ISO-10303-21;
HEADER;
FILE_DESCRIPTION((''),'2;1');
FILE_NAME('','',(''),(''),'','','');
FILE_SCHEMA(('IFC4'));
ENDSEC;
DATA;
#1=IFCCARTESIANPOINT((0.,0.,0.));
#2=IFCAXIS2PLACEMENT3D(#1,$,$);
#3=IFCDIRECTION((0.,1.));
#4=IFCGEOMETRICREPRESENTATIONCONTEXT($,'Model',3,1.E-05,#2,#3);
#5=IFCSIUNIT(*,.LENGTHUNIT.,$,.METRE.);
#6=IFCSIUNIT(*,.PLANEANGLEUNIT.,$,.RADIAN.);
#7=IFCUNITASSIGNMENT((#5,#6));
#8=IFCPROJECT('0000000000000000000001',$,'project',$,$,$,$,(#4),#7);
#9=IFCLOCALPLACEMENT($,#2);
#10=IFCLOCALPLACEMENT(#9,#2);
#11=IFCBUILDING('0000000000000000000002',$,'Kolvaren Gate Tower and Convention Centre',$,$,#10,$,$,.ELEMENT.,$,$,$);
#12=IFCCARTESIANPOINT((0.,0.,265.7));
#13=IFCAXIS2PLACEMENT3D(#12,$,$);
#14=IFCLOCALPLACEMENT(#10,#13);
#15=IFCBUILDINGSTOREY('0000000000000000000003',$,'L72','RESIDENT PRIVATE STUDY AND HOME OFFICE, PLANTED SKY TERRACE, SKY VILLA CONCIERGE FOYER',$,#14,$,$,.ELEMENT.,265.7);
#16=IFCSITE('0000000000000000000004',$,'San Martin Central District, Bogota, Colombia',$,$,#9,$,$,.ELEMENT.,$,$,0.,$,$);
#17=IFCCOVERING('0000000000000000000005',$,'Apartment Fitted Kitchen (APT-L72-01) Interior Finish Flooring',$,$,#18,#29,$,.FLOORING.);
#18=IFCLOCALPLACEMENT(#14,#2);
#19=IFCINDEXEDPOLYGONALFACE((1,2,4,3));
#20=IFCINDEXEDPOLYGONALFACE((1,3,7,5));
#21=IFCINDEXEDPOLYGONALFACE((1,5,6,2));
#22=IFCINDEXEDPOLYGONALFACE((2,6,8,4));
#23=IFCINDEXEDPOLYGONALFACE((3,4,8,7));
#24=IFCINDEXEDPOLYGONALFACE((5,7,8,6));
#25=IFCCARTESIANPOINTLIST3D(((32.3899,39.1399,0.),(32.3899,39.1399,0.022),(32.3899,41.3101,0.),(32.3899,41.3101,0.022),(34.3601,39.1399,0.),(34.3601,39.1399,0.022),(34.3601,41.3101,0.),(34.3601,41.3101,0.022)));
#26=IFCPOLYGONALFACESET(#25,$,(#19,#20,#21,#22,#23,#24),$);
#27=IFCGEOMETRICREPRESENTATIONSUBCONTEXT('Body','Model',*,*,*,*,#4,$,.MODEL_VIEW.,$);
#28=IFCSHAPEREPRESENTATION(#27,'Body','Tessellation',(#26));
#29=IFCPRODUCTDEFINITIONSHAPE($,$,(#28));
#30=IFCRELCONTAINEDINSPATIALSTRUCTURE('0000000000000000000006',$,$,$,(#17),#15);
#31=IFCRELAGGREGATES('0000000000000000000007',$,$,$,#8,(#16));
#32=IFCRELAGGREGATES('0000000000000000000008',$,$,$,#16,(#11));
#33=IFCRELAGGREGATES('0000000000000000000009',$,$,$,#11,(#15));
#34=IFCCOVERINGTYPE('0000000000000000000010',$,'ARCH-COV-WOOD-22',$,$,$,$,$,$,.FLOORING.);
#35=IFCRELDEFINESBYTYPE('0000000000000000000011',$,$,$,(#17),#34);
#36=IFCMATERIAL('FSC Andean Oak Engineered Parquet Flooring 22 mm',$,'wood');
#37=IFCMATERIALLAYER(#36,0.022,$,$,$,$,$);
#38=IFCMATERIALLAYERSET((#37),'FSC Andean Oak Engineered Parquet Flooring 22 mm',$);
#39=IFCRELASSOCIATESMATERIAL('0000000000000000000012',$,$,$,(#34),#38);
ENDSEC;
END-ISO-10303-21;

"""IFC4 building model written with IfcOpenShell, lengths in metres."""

from ifc_helpers import new_model, si_unit, direction, frame, origin, place, context, subcontext, project, spatial, polyline, outline, extrude, material, layer, layer_set, type_object, element, save


model = new_model("IFC4")

# Units and contexts
model_context = context("Model", 3, precision=1e-05, world=origin(), true_north=direction((0.0, 1.0)))
body_context = subcontext(model_context, "Body", "Model", "MODEL_VIEW")
ifc_project = project(units=[si_unit("LENGTHUNIT", "METRE"), si_unit("PLANEANGLEUNIT", "RADIAN")], contexts=[model_context])

# Site, building, storey
site_placement = place(None, origin())
site = spatial("IfcSite", under=ifc_project, at=site_placement, Name="San Martin Central District, Bogota, Colombia", CompositionType="ELEMENT", RefElevation=0.0)
building_placement = place(site_placement, origin())
building = spatial("IfcBuilding", under=site, at=building_placement, Name="Kolvaren Gate Tower and Convention Centre", CompositionType="ELEMENT")
storey_placement = place(building_placement, frame((0.0, 0.0, 265.7)))
storey = spatial("IfcBuildingStorey", under=building, at=storey_placement, Name="L72", Description="RESIDENT PRIVATE STUDY AND HOME OFFICE, PLANTED SKY TERRACE, SKY VILLA CONCIERGE FOYER", CompositionType="ELEMENT", Elevation=265.7)

# Covering
ifc_material_1 = material(Name="FSC Andean Oak Engineered Parquet Flooring 22 mm", Category="wood")
ifc_layer_1 = layer(ifc_material_1, 0.022)
ifc_layer_set_1 = layer_set([ifc_layer_1], Name="FSC Andean Oak Engineered Parquet Flooring 22 mm")
covering_type_1 = type_object("IfcCoveringType", Name="ARCH-COV-WOOD-22", PredefinedType="FLOORING", material=ifc_layer_set_1)
covering_1_placement = place(storey_placement, origin())
element("IfcCovering", 1, at=covering_1_placement, inside=storey, type_object=covering_type_1, Name="Apartment Fitted Kitchen (APT-L72-01) Interior Finish Flooring", PredefinedType="FLOORING", context=body_context, shape_type="SweptSolid", body=[
    extrude(outline(polyline([(32.3899, 39.1399), (32.3899, 41.3101), (34.3601, 41.3101), (34.3601, 39.1399), (32.3899, 39.1399)])), origin(), (0.0, 0.0, 1.0), 0.022),
])

save(model, "model.ifc")
